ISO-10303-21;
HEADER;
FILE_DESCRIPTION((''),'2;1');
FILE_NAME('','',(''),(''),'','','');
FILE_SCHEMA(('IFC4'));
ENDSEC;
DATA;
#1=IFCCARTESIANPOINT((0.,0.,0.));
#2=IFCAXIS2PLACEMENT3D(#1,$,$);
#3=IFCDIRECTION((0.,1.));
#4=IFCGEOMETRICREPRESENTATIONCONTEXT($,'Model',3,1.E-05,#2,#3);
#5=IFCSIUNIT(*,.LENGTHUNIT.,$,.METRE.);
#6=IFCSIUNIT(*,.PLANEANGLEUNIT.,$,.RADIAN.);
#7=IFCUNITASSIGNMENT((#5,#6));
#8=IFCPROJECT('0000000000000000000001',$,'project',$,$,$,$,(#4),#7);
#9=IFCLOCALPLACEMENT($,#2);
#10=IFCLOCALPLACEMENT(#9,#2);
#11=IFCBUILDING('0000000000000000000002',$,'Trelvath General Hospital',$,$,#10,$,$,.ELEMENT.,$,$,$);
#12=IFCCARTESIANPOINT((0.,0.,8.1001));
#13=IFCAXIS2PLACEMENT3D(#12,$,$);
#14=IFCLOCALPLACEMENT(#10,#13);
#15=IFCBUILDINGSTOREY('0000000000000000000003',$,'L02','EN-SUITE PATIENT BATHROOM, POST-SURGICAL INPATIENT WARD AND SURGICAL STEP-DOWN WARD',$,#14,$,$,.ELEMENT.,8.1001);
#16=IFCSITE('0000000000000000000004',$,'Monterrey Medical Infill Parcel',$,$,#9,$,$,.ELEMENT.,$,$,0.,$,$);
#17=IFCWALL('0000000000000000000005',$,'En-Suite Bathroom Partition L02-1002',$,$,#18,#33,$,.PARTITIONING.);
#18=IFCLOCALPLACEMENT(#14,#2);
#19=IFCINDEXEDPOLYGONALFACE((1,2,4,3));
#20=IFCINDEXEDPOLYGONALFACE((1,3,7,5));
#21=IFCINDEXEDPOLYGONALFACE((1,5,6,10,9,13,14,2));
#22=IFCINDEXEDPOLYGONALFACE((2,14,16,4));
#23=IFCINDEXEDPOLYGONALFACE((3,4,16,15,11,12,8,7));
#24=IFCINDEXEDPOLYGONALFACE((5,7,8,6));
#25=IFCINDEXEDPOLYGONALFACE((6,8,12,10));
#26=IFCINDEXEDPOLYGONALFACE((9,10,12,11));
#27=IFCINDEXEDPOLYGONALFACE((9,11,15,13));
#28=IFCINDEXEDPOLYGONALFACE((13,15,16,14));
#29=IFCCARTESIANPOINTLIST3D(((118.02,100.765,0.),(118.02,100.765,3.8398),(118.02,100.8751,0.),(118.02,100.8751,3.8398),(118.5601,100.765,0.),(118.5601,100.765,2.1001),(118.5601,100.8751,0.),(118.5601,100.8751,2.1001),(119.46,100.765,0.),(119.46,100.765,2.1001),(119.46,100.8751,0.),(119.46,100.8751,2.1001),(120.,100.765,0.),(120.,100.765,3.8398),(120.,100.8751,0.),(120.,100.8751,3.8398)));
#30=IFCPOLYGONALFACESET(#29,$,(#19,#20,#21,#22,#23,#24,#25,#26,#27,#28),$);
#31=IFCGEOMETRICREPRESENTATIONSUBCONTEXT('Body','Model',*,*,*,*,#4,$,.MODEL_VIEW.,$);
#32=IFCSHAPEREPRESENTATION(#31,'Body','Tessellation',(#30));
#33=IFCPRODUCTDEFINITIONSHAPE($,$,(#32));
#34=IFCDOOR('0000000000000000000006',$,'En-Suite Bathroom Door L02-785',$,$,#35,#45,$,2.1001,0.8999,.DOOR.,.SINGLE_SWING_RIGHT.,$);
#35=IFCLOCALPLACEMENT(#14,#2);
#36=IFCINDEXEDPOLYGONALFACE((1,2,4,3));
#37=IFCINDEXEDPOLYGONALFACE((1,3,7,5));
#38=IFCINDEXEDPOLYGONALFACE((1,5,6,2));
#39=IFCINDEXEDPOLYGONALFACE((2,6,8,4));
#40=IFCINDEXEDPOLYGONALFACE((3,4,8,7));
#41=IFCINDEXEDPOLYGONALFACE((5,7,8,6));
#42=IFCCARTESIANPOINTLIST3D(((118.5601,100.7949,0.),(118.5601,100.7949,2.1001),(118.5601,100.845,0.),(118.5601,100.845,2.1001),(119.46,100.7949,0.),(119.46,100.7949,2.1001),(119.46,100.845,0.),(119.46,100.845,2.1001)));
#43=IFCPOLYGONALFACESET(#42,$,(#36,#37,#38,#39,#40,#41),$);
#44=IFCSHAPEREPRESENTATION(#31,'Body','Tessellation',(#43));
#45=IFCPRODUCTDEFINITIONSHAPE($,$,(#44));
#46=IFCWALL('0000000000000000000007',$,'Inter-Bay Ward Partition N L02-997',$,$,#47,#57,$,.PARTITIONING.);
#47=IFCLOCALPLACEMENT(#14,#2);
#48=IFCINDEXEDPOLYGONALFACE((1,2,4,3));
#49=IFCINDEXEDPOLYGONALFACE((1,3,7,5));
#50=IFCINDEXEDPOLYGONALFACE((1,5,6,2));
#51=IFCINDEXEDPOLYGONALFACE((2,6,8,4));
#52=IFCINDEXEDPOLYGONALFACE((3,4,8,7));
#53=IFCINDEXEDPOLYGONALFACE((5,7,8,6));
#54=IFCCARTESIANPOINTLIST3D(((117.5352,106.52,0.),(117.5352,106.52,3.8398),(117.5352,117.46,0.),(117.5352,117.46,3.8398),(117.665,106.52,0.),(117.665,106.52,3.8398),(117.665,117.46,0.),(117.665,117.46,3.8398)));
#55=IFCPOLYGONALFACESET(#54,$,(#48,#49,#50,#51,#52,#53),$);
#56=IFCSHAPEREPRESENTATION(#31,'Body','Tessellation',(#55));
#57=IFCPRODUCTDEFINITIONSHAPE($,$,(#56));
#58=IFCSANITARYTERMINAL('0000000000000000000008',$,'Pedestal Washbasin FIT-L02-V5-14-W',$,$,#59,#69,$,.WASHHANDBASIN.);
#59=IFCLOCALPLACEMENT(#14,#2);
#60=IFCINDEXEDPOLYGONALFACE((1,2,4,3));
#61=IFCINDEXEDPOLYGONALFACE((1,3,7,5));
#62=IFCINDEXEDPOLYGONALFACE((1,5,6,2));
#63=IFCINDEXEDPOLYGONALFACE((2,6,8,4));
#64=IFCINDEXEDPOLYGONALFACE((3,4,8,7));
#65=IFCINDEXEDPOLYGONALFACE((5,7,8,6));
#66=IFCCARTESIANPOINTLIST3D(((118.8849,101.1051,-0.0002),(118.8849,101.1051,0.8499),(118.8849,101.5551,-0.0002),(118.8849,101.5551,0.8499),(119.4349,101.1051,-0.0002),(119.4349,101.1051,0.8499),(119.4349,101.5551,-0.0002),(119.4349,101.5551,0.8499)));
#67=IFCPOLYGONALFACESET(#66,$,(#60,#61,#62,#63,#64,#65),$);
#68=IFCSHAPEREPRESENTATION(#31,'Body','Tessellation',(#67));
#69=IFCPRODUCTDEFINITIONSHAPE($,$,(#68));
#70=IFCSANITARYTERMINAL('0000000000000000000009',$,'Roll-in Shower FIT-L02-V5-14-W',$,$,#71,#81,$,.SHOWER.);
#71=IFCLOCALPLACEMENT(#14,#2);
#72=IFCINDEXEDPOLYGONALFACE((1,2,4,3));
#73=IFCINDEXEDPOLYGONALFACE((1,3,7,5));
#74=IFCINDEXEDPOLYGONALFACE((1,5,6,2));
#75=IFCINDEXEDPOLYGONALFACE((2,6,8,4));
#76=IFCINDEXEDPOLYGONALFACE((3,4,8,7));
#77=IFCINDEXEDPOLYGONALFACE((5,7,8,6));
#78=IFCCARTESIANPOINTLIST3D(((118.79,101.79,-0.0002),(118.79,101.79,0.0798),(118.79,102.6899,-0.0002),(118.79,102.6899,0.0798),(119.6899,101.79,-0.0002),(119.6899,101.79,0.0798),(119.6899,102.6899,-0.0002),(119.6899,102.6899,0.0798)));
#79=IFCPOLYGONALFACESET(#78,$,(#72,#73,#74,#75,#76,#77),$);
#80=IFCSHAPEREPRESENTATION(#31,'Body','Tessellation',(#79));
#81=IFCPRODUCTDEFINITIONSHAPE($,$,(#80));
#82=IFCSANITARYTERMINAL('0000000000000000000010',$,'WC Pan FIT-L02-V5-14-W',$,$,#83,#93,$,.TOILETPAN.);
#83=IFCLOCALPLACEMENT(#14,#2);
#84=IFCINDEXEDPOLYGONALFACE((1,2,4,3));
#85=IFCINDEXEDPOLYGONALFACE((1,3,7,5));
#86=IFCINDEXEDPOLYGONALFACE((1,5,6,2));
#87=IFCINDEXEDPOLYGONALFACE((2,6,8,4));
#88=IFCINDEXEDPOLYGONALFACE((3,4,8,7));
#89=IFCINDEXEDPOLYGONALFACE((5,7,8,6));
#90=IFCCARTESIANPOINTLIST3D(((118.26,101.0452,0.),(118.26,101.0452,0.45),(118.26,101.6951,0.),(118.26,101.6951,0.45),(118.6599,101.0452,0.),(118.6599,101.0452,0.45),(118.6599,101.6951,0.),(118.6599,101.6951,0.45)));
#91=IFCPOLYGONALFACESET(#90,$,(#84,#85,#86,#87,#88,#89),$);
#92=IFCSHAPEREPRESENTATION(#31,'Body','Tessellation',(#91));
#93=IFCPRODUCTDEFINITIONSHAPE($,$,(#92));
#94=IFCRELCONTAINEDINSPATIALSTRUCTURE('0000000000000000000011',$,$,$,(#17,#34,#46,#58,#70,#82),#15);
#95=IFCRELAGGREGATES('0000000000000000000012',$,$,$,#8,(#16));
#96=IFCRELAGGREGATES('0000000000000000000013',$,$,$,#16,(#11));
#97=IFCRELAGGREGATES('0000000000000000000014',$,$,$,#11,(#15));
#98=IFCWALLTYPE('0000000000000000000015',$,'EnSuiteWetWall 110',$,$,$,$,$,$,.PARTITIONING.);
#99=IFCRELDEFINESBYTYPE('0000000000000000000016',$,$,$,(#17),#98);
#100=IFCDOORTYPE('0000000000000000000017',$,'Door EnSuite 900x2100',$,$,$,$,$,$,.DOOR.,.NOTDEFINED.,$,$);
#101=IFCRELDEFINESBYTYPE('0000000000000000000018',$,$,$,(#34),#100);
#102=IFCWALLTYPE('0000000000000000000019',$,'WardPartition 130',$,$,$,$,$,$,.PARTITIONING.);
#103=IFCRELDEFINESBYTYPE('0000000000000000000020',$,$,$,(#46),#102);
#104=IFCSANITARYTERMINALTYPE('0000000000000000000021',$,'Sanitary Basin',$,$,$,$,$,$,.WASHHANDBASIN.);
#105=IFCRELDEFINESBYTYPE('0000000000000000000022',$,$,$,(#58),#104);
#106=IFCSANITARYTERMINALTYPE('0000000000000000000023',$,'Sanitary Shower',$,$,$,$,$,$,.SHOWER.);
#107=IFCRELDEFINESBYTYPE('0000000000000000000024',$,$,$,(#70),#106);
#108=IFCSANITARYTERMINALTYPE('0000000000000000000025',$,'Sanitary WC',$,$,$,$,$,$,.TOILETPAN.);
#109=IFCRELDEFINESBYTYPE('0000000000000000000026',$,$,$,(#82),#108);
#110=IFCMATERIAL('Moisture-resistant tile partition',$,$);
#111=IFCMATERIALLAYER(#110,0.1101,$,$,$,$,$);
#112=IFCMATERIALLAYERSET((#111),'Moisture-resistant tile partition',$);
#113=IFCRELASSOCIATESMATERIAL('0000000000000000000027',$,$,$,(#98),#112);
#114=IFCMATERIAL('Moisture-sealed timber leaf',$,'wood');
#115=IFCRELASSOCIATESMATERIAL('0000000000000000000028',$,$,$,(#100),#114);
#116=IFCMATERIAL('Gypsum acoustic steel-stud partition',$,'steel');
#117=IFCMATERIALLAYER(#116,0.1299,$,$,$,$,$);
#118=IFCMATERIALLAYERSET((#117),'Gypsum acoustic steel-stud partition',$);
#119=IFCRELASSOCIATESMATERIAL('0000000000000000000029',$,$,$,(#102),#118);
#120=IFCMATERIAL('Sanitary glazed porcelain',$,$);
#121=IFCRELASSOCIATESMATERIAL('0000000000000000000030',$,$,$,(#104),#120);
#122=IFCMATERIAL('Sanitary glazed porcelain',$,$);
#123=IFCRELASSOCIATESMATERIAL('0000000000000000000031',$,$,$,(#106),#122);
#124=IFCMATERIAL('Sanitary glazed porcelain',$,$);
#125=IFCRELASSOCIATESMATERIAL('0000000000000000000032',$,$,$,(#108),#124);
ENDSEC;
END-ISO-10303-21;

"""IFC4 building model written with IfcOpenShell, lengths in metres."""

from ifc_helpers import new_model, si_unit, direction, frame, frame_2d, origin, origin_2d, place, context, subcontext, project, spatial, rectangle, extrude, material, layer, layer_set, type_object, element, fill, save


model = new_model("IFC4")

# Units and contexts
model_context = context("Model", 3, precision=1e-05, world=origin(), true_north=direction((0.0, 1.0)))
body_context = subcontext(model_context, "Body", "Model", "MODEL_VIEW")
ifc_project = project(units=[si_unit("LENGTHUNIT", "METRE"), si_unit("PLANEANGLEUNIT", "RADIAN")], contexts=[model_context])

# Site, building, storey
site_placement = place(None, origin())
site = spatial("IfcSite", under=ifc_project, at=site_placement, Name="Monterrey Medical Infill Parcel", CompositionType="ELEMENT", RefElevation=0.0)
building_placement = place(site_placement, origin())
building = spatial("IfcBuilding", under=site, at=building_placement, Name="Trelvath General Hospital", CompositionType="ELEMENT")
storey_placement = place(building_placement, frame((0.0, 0.0, 8.1001)))
storey = spatial("IfcBuildingStorey", under=building, at=storey_placement, Name="L02", Description="EN-SUITE PATIENT BATHROOM, POST-SURGICAL INPATIENT WARD AND SURGICAL STEP-DOWN WARD", CompositionType="ELEMENT", Elevation=8.1001)

# Shared definitions
ifc_material_1 = material(Name="Moisture-resistant tile partition")
ifc_layer_1 = layer(ifc_material_1, 0.1101)
ifc_layer_set_1 = layer_set([ifc_layer_1], Name="Moisture-resistant tile partition")
wall_type_1 = type_object("IfcWallType", Name="EnSuiteWetWall 110", PredefinedType="PARTITIONING", material=ifc_layer_set_1)

# Wall, opening, door
wall_1_placement = place(storey_placement, frame((118.02, 100.8201, 0.0), z_axis=(0.0, 0.0, 1.0), x_axis=(1.0, 0.0, 0.0)))
wall_1 = element("IfcWall", 1, at=wall_1_placement, inside=storey, type_object=wall_type_1, Name="En-Suite Bathroom Partition L02-1002", PredefinedType="PARTITIONING", context=body_context, shape_type="SweptSolid", body=[
    extrude(rectangle(XDim=1.98, YDim=0.1101, at=frame_2d((0.99, 0.0))), origin(), (0.0, 0.0, 1.0), 3.8398),
])
opening_1_placement = place(wall_1_placement, frame((0.54, 0.0, 0.0)))
opening_1 = element("IfcOpeningElement", 2, at=opening_1_placement, cuts=wall_1, PredefinedType="OPENING", context=body_context, shape_type="SweptSolid", body=[
    extrude(rectangle(XDim=0.8999, YDim=2.1001, at=frame_2d((0.45, 1.05))), frame((0.0, 0.0649, 0.0), z_axis=(0.0, -1.0, 0.0), x_axis=(1.0, 0.0, 0.0)), (0.0, 0.0, 1.0), 0.1301),
])
ifc_material_2 = material(Name="Moisture-sealed timber leaf", Category="wood")
door_type_1 = type_object("IfcDoorType", Name="Door EnSuite 900x2100", OperationType="NOTDEFINED", PredefinedType="DOOR", material=ifc_material_2)
door_1_placement = place(opening_1_placement, origin())
door_1 = element("IfcDoor", 3, at=door_1_placement, inside=storey, type_object=door_type_1, Name="En-Suite Bathroom Door L02-785", OperationType="SINGLE_SWING_RIGHT", OverallHeight=2.1001, OverallWidth=0.8999, PredefinedType="DOOR", context=body_context, shape_type="SweptSolid", body=[
    extrude(rectangle(XDim=0.8999, YDim=2.1001, at=frame_2d((0.45, 1.05))), frame((0.0, 0.0249, 0.0), z_axis=(0.0, -1.0, 0.0), x_axis=(1.0, 0.0, 0.0)), (0.0, 0.0, 1.0), 0.05),
])
fill(opening_1, door_1)

# Wall
ifc_material_3 = material(Name="Gypsum acoustic steel-stud partition", Category="steel")
ifc_layer_2 = layer(ifc_material_3, 0.1299)
ifc_layer_set_2 = layer_set([ifc_layer_2], Name="Gypsum acoustic steel-stud partition")
wall_type_2 = type_object("IfcWallType", Name="WardPartition 130", PredefinedType="PARTITIONING", material=ifc_layer_set_2)
wall_2_placement = place(storey_placement, frame((117.6001, 106.52, 0.0), z_axis=(0.0, 0.0, 1.0), x_axis=(0.0, 1.0, 0.0)))
element("IfcWall", 4, at=wall_2_placement, inside=storey, type_object=wall_type_2, Name="Inter-Bay Ward Partition N L02-997", PredefinedType="PARTITIONING", context=body_context, shape_type="SweptSolid", body=[
    extrude(rectangle(XDim=10.9399, YDim=0.1299, at=frame_2d((5.47, 0.0))), origin(), (0.0, 0.0, 1.0), 3.8398),
])

# Sanitary terminals
ifc_material_4 = material(Name="Sanitary glazed porcelain")
sanitary_terminal_type_1 = type_object("IfcSanitaryTerminalType", Name="Sanitary Basin", PredefinedType="WASHHANDBASIN", material=ifc_material_4)
sanitary_terminal_1_placement = place(storey_placement, frame((119.1599, 101.3301, -0.0002), z_axis=(0.0, 0.0, 1.0), x_axis=(1.0, 0.0, 0.0)))
element("IfcSanitaryTerminal", 5, at=sanitary_terminal_1_placement, inside=storey, type_object=sanitary_terminal_type_1, Name="Pedestal Washbasin FIT-L02-V5-14-W", PredefinedType="WASHHANDBASIN", context=body_context, shape_type="SweptSolid", body=[
    extrude(rectangle(XDim=0.55, YDim=0.45, at=origin_2d()), origin(), (0.0, 0.0, 1.0), 0.8501),
])
ifc_material_5 = material(Name="Sanitary glazed porcelain")
sanitary_terminal_type_2 = type_object("IfcSanitaryTerminalType", Name="Sanitary Shower", PredefinedType="SHOWER", material=ifc_material_5)
sanitary_terminal_2_placement = place(storey_placement, frame((119.24, 102.24, -0.0002), z_axis=(0.0, 0.0, 1.0), x_axis=(1.0, 0.0, 0.0)))
element("IfcSanitaryTerminal", 6, at=sanitary_terminal_2_placement, inside=storey, type_object=sanitary_terminal_type_2, Name="Roll-in Shower FIT-L02-V5-14-W", PredefinedType="SHOWER", context=body_context, shape_type="SweptSolid", body=[
    extrude(rectangle(XDim=0.8999, YDim=0.8999, at=origin_2d()), origin(), (0.0, 0.0, 1.0), 0.0801),
])
ifc_material_6 = material(Name="Sanitary glazed porcelain")
sanitary_terminal_type_3 = type_object("IfcSanitaryTerminalType", Name="Sanitary WC", PredefinedType="TOILETPAN", material=ifc_material_6)
sanitary_terminal_3_placement = place(storey_placement, frame((118.46, 101.3701, 0.0), z_axis=(0.0, 0.0, 1.0), x_axis=(1.0, 0.0, 0.0)))
element("IfcSanitaryTerminal", 7, at=sanitary_terminal_3_placement, inside=storey, type_object=sanitary_terminal_type_3, Name="WC Pan FIT-L02-V5-14-W", PredefinedType="TOILETPAN", context=body_context, shape_type="SweptSolid", body=[
    extrude(rectangle(XDim=0.3999, YDim=0.6499, at=origin_2d()), origin(), (0.0, 0.0, 1.0), 0.45),
])

save(model, "model.ifc")
